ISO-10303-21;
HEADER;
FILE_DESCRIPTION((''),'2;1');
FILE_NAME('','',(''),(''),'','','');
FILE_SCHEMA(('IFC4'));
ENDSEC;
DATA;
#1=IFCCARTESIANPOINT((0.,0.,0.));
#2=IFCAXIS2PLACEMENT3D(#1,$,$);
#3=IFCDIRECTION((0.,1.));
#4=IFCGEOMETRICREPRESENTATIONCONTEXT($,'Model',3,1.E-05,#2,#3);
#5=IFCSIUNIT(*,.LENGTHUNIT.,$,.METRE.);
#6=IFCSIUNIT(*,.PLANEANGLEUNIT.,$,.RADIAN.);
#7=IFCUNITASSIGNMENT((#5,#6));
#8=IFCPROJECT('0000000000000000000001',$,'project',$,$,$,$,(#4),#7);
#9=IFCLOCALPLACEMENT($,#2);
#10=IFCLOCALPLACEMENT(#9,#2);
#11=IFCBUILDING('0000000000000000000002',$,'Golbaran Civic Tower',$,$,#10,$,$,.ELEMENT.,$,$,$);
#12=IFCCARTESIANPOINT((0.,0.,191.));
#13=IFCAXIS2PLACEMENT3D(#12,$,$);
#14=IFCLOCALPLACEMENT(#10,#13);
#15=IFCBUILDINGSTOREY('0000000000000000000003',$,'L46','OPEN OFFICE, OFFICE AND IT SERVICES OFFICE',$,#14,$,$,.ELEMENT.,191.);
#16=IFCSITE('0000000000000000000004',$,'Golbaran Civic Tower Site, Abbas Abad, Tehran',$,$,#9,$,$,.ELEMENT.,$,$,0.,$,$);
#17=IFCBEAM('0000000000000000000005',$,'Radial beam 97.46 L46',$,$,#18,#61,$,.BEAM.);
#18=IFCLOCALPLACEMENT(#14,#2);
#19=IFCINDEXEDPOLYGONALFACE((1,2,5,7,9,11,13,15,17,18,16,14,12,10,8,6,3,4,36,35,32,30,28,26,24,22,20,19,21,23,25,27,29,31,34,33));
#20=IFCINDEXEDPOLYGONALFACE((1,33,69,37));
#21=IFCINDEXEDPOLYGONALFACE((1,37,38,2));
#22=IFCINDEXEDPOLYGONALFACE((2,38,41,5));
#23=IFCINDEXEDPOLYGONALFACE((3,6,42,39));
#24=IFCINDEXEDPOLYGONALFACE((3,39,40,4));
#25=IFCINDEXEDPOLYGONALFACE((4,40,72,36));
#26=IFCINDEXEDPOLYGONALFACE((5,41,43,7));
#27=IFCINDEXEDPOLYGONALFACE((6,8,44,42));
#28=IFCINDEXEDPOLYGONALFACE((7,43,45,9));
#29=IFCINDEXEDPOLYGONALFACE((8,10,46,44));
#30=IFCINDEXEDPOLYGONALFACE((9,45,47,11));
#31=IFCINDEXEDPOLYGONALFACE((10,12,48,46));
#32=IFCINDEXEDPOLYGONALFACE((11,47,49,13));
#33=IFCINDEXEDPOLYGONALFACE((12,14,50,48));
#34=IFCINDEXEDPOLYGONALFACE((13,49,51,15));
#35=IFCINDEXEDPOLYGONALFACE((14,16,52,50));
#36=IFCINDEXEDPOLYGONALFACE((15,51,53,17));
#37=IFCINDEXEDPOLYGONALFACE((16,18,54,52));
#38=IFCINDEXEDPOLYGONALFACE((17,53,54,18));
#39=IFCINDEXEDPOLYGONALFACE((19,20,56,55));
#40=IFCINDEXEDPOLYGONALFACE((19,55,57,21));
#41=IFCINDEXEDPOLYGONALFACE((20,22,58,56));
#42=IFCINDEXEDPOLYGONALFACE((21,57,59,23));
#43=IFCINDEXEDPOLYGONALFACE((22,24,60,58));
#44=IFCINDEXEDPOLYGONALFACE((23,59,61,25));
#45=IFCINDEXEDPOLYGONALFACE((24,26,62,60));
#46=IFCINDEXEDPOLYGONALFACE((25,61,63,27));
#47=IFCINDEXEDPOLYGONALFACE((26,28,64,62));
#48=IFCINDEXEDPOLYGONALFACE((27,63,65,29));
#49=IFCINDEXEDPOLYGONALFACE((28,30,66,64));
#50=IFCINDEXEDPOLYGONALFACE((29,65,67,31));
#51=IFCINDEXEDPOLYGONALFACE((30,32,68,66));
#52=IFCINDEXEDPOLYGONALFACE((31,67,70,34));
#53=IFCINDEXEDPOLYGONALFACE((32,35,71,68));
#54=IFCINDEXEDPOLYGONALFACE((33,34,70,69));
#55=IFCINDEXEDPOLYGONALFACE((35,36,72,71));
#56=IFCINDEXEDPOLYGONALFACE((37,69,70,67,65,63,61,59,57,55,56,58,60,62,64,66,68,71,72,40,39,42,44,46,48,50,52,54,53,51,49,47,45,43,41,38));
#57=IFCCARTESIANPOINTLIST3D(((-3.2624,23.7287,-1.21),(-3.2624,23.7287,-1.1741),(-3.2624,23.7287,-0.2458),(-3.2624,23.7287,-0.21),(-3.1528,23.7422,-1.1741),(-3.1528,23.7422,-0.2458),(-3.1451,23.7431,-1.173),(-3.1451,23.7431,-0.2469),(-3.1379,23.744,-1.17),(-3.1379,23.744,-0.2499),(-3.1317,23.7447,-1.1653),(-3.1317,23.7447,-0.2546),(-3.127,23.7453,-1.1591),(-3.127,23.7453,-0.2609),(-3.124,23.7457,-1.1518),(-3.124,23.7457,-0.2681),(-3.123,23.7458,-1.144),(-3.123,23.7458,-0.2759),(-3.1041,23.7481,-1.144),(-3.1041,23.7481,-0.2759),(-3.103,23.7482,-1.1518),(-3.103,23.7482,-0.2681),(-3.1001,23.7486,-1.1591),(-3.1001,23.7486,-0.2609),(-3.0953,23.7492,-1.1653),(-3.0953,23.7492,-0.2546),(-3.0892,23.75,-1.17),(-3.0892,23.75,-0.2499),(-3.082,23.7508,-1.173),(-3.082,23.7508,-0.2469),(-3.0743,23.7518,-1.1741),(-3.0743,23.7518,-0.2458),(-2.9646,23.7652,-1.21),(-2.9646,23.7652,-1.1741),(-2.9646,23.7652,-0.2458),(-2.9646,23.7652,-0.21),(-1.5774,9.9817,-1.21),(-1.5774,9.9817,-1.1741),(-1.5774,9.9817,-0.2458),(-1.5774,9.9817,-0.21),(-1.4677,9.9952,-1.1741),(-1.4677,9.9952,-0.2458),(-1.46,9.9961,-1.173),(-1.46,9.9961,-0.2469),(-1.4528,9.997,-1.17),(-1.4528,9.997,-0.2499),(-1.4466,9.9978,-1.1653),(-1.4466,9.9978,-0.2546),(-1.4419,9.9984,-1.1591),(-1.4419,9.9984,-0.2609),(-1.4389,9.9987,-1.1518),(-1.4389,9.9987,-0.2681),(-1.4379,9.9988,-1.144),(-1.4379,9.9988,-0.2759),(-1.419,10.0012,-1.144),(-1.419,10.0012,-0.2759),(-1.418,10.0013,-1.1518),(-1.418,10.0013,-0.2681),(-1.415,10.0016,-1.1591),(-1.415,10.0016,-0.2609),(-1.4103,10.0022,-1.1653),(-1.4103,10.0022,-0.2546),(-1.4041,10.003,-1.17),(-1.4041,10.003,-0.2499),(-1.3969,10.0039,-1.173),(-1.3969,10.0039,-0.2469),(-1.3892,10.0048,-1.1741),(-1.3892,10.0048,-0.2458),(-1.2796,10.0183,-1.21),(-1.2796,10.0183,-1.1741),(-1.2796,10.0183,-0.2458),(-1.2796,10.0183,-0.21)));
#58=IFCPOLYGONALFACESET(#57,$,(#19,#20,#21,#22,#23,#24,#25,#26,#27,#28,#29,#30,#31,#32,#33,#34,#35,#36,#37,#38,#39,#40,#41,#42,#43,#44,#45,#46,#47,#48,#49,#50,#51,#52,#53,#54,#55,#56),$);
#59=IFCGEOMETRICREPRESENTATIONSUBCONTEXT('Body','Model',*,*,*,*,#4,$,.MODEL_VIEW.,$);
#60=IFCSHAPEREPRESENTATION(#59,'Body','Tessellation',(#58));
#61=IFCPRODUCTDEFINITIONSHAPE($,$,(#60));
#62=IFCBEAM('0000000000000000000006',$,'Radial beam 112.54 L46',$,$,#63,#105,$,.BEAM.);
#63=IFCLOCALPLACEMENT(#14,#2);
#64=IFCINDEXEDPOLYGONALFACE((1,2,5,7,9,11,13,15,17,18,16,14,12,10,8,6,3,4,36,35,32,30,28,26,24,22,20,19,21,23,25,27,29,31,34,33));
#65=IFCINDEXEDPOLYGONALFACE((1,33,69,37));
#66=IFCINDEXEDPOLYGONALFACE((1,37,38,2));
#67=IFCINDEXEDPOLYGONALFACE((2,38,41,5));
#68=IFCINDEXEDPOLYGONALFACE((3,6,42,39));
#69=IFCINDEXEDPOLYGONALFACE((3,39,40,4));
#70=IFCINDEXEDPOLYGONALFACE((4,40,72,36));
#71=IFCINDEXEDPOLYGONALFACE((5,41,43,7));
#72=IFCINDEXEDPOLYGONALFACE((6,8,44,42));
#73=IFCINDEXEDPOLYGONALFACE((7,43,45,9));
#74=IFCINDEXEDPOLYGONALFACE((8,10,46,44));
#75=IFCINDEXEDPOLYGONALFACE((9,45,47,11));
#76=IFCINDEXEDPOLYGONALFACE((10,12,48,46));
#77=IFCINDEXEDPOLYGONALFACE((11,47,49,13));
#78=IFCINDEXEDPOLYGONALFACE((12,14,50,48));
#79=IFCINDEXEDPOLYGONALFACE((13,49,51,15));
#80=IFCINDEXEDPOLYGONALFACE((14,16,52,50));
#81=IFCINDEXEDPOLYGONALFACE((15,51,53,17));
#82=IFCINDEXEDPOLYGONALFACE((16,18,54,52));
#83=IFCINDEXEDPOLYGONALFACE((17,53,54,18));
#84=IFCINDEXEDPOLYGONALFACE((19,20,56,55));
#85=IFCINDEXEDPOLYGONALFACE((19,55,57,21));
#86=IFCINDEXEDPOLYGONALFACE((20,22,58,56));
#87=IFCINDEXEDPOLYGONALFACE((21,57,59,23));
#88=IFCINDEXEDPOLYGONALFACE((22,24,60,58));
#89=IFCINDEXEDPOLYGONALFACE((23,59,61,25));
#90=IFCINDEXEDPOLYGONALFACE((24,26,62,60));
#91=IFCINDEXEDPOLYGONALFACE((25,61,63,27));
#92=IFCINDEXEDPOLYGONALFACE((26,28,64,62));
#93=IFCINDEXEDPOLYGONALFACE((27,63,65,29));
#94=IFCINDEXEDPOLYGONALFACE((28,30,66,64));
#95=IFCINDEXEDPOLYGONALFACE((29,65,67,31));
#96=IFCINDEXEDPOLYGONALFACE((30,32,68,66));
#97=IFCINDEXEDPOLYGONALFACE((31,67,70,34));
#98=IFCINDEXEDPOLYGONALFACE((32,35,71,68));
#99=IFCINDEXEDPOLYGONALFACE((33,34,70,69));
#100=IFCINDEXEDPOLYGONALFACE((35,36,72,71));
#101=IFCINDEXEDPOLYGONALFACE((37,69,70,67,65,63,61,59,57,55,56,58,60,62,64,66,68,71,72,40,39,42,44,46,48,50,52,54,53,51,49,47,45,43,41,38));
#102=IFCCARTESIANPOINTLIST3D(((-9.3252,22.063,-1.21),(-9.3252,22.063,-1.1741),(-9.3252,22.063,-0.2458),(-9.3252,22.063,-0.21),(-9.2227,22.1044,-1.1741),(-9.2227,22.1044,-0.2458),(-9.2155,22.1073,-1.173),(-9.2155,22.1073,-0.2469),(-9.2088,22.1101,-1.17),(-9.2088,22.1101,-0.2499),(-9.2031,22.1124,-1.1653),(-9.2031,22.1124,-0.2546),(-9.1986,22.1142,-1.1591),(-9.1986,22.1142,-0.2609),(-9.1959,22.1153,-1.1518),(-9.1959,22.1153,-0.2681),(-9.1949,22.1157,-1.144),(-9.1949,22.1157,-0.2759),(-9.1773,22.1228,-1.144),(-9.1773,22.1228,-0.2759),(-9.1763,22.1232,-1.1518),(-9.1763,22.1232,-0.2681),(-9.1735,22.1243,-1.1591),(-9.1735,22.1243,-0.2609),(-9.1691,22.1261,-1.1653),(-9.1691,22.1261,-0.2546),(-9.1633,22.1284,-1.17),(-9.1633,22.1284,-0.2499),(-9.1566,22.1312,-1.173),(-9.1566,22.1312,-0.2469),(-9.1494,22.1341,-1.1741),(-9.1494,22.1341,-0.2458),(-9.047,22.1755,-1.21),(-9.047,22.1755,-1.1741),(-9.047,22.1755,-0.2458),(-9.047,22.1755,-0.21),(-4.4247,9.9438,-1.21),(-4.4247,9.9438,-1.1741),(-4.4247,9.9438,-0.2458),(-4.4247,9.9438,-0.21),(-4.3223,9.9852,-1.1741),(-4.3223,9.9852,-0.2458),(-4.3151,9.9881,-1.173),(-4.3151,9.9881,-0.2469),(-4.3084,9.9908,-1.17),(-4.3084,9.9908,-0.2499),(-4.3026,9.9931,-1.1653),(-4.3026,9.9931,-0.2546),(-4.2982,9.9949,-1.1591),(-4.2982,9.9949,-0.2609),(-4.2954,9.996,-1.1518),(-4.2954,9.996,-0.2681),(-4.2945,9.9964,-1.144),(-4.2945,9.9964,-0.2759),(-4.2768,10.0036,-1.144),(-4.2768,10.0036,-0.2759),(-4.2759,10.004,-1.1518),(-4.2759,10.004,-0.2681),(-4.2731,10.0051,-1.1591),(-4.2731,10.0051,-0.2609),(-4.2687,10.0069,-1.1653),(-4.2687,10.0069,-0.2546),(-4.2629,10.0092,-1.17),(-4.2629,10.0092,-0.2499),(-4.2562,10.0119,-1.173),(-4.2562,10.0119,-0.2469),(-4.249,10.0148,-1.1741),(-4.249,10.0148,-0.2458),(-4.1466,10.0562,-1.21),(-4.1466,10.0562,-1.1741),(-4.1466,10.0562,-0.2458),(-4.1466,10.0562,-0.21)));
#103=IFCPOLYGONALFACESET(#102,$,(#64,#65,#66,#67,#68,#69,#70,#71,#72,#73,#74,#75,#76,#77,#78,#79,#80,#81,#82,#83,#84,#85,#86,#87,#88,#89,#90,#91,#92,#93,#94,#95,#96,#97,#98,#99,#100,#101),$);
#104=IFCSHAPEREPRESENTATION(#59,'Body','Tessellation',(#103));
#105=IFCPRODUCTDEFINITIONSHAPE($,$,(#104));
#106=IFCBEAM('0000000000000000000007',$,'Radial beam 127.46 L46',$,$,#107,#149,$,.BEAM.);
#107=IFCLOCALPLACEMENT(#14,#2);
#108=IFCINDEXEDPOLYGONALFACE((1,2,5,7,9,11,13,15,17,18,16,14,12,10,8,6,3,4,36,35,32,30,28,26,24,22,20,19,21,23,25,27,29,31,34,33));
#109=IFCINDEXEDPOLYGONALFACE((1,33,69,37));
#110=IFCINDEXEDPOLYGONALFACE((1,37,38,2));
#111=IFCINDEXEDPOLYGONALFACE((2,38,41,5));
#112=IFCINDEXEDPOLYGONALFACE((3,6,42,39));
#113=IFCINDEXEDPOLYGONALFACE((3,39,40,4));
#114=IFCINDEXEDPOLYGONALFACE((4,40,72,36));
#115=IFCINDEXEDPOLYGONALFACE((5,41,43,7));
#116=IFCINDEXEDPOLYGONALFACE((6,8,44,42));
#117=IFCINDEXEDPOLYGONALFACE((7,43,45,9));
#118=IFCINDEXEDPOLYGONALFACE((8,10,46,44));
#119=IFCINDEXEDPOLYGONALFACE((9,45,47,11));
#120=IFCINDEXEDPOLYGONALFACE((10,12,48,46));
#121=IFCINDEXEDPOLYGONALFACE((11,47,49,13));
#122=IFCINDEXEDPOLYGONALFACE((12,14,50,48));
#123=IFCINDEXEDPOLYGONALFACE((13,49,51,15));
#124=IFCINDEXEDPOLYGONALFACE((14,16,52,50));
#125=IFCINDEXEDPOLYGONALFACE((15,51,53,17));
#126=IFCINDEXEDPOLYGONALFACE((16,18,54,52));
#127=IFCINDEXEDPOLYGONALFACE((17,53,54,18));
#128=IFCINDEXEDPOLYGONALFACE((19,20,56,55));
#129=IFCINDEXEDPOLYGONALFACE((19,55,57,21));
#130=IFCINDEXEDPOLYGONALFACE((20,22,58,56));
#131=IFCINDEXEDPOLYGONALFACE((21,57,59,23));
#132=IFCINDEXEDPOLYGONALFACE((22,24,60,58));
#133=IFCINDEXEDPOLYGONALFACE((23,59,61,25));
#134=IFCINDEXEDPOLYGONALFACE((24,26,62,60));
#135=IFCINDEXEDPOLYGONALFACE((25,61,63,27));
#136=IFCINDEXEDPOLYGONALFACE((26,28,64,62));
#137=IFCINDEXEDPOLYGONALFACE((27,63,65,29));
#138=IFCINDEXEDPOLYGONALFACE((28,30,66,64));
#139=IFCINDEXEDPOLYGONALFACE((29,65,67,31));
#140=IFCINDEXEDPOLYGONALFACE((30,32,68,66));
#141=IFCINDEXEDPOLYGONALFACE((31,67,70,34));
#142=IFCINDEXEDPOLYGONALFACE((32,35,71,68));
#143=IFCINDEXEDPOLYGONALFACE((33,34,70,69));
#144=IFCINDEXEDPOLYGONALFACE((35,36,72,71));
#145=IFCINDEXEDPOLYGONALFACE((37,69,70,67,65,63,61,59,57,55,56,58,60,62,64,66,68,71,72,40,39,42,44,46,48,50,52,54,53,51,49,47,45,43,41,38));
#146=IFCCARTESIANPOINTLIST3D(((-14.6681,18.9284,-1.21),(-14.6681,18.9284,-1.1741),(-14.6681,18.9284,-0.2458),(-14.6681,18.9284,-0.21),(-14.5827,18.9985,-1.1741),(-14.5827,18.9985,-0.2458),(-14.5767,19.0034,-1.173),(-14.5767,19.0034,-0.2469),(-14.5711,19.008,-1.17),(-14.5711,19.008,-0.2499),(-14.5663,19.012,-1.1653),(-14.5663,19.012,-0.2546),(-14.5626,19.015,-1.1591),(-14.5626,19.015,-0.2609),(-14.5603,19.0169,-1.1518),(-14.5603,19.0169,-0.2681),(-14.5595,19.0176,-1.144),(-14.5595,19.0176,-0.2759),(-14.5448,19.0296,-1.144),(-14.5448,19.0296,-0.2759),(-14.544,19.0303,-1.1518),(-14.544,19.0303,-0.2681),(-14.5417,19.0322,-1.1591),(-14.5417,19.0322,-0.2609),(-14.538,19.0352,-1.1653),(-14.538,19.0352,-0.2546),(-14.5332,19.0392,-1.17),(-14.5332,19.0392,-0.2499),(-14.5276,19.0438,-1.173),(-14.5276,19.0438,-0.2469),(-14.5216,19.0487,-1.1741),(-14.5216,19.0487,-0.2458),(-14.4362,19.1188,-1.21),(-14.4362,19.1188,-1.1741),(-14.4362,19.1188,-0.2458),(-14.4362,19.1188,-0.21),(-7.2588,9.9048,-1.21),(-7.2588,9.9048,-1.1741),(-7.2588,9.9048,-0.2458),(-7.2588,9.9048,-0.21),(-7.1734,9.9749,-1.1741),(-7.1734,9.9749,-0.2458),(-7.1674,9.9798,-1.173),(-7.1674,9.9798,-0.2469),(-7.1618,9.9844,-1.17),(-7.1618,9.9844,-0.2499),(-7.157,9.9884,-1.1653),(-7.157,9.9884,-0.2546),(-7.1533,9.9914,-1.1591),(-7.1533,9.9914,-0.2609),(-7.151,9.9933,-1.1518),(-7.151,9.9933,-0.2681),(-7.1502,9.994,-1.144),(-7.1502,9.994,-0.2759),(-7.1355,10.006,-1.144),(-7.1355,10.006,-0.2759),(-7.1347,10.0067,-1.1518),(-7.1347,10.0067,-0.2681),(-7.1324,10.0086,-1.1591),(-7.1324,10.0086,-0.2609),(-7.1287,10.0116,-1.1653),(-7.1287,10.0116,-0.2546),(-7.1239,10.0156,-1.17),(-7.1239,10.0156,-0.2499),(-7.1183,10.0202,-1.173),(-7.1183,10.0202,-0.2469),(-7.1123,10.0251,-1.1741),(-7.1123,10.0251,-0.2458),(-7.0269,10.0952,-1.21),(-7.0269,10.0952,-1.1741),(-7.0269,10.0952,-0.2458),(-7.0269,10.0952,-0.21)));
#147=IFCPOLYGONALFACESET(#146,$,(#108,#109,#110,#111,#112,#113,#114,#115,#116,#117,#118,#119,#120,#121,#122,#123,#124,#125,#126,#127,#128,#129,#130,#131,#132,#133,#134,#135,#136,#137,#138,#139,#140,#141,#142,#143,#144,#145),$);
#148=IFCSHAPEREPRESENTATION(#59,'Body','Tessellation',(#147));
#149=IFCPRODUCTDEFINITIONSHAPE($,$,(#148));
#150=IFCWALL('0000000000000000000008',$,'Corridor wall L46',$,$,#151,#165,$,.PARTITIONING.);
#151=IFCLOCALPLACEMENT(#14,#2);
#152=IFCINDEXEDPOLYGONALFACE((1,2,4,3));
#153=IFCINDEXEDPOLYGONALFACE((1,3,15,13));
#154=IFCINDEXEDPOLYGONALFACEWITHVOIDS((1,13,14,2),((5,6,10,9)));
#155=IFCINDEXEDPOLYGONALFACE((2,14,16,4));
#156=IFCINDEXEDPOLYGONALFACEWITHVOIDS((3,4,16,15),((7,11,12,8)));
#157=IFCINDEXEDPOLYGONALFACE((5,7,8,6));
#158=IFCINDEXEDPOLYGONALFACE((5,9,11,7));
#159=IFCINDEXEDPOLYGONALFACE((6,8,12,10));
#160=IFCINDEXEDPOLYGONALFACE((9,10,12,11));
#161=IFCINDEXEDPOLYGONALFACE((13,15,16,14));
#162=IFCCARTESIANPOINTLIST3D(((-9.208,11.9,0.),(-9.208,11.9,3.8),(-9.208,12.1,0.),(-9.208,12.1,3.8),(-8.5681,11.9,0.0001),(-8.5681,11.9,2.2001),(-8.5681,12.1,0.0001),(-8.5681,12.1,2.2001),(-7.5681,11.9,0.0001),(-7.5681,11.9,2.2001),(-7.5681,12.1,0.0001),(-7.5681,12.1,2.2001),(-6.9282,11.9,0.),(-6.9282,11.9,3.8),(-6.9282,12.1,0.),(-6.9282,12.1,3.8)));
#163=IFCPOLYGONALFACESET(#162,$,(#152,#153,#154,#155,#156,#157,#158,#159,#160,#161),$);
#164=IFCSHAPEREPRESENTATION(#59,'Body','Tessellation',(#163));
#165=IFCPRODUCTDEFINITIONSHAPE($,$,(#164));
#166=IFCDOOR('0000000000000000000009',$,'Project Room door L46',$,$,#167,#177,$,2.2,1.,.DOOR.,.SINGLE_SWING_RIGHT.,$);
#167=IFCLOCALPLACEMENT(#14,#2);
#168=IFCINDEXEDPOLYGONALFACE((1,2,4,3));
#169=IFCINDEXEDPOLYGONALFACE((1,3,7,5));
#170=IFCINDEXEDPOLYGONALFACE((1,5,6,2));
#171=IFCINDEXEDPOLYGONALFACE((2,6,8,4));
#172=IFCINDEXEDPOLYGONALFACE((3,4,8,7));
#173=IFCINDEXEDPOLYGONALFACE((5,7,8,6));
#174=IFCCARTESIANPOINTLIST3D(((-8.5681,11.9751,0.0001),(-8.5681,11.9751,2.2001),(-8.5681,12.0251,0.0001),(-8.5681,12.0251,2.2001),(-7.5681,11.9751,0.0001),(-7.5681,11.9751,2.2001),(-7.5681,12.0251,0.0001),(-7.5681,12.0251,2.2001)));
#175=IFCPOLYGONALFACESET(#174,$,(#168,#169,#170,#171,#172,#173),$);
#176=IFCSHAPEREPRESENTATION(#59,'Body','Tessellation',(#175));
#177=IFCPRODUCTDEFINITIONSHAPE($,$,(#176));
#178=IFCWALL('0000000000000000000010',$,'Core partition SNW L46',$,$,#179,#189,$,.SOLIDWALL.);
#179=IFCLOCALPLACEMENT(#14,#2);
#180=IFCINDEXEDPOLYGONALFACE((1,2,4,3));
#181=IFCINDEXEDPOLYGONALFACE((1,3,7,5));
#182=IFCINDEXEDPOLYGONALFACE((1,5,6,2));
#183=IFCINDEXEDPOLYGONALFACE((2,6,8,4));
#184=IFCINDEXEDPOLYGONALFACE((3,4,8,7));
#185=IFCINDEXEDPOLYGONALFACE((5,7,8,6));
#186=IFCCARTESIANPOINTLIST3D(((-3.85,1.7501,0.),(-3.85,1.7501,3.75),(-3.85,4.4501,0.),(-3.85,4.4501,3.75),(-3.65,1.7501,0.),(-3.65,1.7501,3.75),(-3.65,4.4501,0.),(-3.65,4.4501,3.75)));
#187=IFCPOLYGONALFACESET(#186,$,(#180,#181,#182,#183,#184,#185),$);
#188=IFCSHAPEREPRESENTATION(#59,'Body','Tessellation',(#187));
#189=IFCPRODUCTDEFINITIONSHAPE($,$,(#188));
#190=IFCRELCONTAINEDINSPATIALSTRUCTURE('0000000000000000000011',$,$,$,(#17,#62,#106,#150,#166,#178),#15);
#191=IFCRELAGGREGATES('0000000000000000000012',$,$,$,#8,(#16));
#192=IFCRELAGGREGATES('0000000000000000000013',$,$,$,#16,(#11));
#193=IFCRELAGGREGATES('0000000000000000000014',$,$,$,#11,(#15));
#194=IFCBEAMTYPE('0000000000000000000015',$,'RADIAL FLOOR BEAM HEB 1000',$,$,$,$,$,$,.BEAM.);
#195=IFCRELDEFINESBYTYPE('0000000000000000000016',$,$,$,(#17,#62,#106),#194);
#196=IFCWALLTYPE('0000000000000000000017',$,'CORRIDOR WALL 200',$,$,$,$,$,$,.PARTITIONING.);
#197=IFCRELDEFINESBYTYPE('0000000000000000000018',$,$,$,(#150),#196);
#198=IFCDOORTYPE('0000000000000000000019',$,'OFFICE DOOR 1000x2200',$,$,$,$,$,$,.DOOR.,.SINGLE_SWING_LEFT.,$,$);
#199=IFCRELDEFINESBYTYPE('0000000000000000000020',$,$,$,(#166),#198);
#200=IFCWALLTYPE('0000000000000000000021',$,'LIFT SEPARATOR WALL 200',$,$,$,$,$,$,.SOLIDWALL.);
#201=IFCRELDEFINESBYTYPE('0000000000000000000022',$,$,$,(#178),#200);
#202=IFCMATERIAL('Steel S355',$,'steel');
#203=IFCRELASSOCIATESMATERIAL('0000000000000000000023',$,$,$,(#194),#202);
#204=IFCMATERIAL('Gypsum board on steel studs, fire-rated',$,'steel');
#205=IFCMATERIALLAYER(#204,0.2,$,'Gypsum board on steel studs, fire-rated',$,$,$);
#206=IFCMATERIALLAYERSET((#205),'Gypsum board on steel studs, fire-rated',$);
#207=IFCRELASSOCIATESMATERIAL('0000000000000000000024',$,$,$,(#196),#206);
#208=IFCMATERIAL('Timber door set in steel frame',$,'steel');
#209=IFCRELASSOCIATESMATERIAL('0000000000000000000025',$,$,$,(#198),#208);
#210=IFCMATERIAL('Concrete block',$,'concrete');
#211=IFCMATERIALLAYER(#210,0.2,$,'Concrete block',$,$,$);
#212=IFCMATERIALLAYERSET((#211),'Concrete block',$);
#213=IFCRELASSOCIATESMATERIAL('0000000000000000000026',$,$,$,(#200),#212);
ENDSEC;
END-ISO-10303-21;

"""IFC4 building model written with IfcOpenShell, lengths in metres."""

from ifc_helpers import new_model, si_unit, direction, frame, frame_2d, origin, origin_2d, place, context, subcontext, project, spatial, rectangle, i_section, extrude, material, layer, layer_set, material_profile, profile_set, type_object, element, fill, save


model = new_model("IFC4")

# Units and contexts
model_context = context("Model", 3, precision=1e-05, world=origin(), true_north=direction((0.0, 1.0)))
body_context = subcontext(model_context, "Body", "Model", "MODEL_VIEW")
ifc_project = project(units=[si_unit("LENGTHUNIT", "METRE"), si_unit("PLANEANGLEUNIT", "RADIAN")], contexts=[model_context])

# Site, building, storey
site_placement = place(None, origin())
site = spatial("IfcSite", under=ifc_project, at=site_placement, Name="Golbaran Civic Tower Site, Abbas Abad, Tehran", CompositionType="ELEMENT", RefElevation=0.0)
building_placement = place(site_placement, origin())
building = spatial("IfcBuilding", under=site, at=building_placement, Name="Golbaran Civic Tower", CompositionType="ELEMENT")
storey_placement = place(building_placement, frame((0.0, 0.0, 191.0)))
storey = spatial("IfcBuildingStorey", under=building, at=storey_placement, Name="L46", Description="OPEN OFFICE, OFFICE AND IT SERVICES OFFICE", CompositionType="ELEMENT", Elevation=191.0)

# Beams
ifc_material_1 = material(Name="Steel S355", Category="steel")
ifc_material_profile_1 = material_profile(ifc_material_1, i_section(OverallWidth=0.3, OverallDepth=1.0, WebThickness=0.019, FlangeThickness=0.0359, FilletRadius=0.03, at=origin_2d()), Name="HEB 1000")
ifc_profile_set_1 = profile_set([ifc_material_profile_1], Name="Steel S355")
beam_type_1 = type_object("IfcBeamType", Name="RADIAL FLOOR BEAM HEB 1000", PredefinedType="BEAM", material=ifc_profile_set_1)
beam_1_placement = place(storey_placement, frame((-1.4285, 10.0, -0.71), z_axis=(-0.121665, 0.992571, 0.0), x_axis=(-0.992571, -0.121665, 0.0)))
element("IfcBeam", 1, at=beam_1_placement, inside=storey, type_object=beam_type_1, Name="Radial beam 97.46 L46", PredefinedType="BEAM", context=body_context, shape_type="SweptSolid", body=[
    extrude(i_section(OverallWidth=0.3, OverallDepth=1.0, WebThickness=0.019, FlangeThickness=0.0359, FilletRadius=0.03, at=origin_2d()), origin(), (0.0, 0.0, 1.0), 13.8499),
])
beam_2_placement = place(storey_placement, frame((-4.2856, 10.0, -0.71), z_axis=(-0.374866, 0.927079, 0.0), x_axis=(-0.927079, -0.374866, 0.0)))
element("IfcBeam", 2, at=beam_2_placement, inside=storey, type_object=beam_type_1, Name="Radial beam 112.54 L46", PredefinedType="BEAM", context=body_context, shape_type="SweptSolid", body=[
    extrude(i_section(OverallWidth=0.3, OverallDepth=1.0, WebThickness=0.019, FlangeThickness=0.0359, FilletRadius=0.03, at=origin_2d()), origin(), (0.0, 0.0, 1.0), 13.0725),
])
beam_3_placement = place(storey_placement, frame((-7.1428, 10.0, -0.71), z_axis=(-0.634592, 0.772847, 0.0), x_axis=(-0.772847, -0.634592, 0.0)))
element("IfcBeam", 3, at=beam_3_placement, inside=storey, type_object=beam_type_1, Name="Radial beam 127.46 L46", PredefinedType="BEAM", context=body_context, shape_type="SweptSolid", body=[
    extrude(i_section(OverallWidth=0.3, OverallDepth=1.0, WebThickness=0.019, FlangeThickness=0.0359, FilletRadius=0.03, at=origin_2d()), origin(), (0.0, 0.0, 1.0), 11.6758),
])

# Wall, opening, door
ifc_material_2 = material(Name="Gypsum board on steel studs, fire-rated", Category="steel")
ifc_layer_1 = layer(ifc_material_2, 0.2, Name="Gypsum board on steel studs, fire-rated")
ifc_layer_set_1 = layer_set([ifc_layer_1], Name="Gypsum board on steel studs, fire-rated")
wall_type_1 = type_object("IfcWallType", Name="CORRIDOR WALL 200", PredefinedType="PARTITIONING", material=ifc_layer_set_1)
wall_1_placement = place(storey_placement, frame((-6.9282, 12.0, 0.0), z_axis=(0.0, 0.0, 1.0), x_axis=(-1.0, 0.0, 0.0)))
wall_1 = element("IfcWall", 4, at=wall_1_placement, inside=storey, type_object=wall_type_1, Name="Corridor wall L46", PredefinedType="PARTITIONING", context=body_context, shape_type="SweptSolid", body=[
    extrude(rectangle(XDim=2.2798, YDim=0.2, at=frame_2d((1.1399, 0.0))), origin(), (0.0, 0.0, 1.0), 3.8),
])
opening_1_placement = place(wall_1_placement, frame((0.6399, 0.0, 0.0)))
opening_1 = element("IfcOpeningElement", 5, at=opening_1_placement, cuts=wall_1, PredefinedType="OPENING", context=body_context, shape_type="SweptSolid", body=[
    extrude(rectangle(XDim=1.0, YDim=2.2, at=frame_2d((0.5, 1.1001))), frame((0.0, 0.1099, 0.0), z_axis=(0.0, -1.0, 0.0), x_axis=(1.0, 0.0, 0.0)), (0.0, 0.0, 1.0), 0.22),
])
ifc_material_3 = material(Name="Timber door set in steel frame", Category="steel")
door_type_1 = type_object("IfcDoorType", Name="OFFICE DOOR 1000x2200", OperationType="SINGLE_SWING_LEFT", PredefinedType="DOOR", material=ifc_material_3)
door_1_placement = place(opening_1_placement, origin())
door_1 = element("IfcDoor", 6, at=door_1_placement, inside=storey, type_object=door_type_1, Name="Project Room door L46", OperationType="SINGLE_SWING_RIGHT", OverallHeight=2.2, OverallWidth=1.0, PredefinedType="DOOR", context=body_context, shape_type="SweptSolid", body=[
    extrude(rectangle(XDim=1.0, YDim=2.2, at=frame_2d((0.5, 1.1001))), frame((0.0, 0.0249, 0.0), z_axis=(0.0, -1.0, 0.0), x_axis=(1.0, 0.0, 0.0)), (0.0, 0.0, 1.0), 0.05),
])
fill(opening_1, door_1)

# Wall
ifc_material_4 = material(Name="Concrete block", Category="concrete")
ifc_layer_2 = layer(ifc_material_4, 0.2, Name="Concrete block")
ifc_layer_set_2 = layer_set([ifc_layer_2], Name="Concrete block")
wall_type_2 = type_object("IfcWallType", Name="LIFT SEPARATOR WALL 200", PredefinedType="SOLIDWALL", material=ifc_layer_set_2)
wall_2_placement = place(storey_placement, frame((-3.75, 1.75, 0.0), z_axis=(0.0, 0.0, 1.0), x_axis=(0.0, 1.0, 0.0)))
element("IfcWall", 7, at=wall_2_placement, inside=storey, type_object=wall_type_2, Name="Core partition SNW L46", PredefinedType="SOLIDWALL", context=body_context, shape_type="SweptSolid", body=[
    extrude(rectangle(XDim=2.7, YDim=0.2, at=frame_2d((1.3501, 0.0))), origin(), (0.0, 0.0, 1.0), 3.75),
])

save(model, "model.ifc")
